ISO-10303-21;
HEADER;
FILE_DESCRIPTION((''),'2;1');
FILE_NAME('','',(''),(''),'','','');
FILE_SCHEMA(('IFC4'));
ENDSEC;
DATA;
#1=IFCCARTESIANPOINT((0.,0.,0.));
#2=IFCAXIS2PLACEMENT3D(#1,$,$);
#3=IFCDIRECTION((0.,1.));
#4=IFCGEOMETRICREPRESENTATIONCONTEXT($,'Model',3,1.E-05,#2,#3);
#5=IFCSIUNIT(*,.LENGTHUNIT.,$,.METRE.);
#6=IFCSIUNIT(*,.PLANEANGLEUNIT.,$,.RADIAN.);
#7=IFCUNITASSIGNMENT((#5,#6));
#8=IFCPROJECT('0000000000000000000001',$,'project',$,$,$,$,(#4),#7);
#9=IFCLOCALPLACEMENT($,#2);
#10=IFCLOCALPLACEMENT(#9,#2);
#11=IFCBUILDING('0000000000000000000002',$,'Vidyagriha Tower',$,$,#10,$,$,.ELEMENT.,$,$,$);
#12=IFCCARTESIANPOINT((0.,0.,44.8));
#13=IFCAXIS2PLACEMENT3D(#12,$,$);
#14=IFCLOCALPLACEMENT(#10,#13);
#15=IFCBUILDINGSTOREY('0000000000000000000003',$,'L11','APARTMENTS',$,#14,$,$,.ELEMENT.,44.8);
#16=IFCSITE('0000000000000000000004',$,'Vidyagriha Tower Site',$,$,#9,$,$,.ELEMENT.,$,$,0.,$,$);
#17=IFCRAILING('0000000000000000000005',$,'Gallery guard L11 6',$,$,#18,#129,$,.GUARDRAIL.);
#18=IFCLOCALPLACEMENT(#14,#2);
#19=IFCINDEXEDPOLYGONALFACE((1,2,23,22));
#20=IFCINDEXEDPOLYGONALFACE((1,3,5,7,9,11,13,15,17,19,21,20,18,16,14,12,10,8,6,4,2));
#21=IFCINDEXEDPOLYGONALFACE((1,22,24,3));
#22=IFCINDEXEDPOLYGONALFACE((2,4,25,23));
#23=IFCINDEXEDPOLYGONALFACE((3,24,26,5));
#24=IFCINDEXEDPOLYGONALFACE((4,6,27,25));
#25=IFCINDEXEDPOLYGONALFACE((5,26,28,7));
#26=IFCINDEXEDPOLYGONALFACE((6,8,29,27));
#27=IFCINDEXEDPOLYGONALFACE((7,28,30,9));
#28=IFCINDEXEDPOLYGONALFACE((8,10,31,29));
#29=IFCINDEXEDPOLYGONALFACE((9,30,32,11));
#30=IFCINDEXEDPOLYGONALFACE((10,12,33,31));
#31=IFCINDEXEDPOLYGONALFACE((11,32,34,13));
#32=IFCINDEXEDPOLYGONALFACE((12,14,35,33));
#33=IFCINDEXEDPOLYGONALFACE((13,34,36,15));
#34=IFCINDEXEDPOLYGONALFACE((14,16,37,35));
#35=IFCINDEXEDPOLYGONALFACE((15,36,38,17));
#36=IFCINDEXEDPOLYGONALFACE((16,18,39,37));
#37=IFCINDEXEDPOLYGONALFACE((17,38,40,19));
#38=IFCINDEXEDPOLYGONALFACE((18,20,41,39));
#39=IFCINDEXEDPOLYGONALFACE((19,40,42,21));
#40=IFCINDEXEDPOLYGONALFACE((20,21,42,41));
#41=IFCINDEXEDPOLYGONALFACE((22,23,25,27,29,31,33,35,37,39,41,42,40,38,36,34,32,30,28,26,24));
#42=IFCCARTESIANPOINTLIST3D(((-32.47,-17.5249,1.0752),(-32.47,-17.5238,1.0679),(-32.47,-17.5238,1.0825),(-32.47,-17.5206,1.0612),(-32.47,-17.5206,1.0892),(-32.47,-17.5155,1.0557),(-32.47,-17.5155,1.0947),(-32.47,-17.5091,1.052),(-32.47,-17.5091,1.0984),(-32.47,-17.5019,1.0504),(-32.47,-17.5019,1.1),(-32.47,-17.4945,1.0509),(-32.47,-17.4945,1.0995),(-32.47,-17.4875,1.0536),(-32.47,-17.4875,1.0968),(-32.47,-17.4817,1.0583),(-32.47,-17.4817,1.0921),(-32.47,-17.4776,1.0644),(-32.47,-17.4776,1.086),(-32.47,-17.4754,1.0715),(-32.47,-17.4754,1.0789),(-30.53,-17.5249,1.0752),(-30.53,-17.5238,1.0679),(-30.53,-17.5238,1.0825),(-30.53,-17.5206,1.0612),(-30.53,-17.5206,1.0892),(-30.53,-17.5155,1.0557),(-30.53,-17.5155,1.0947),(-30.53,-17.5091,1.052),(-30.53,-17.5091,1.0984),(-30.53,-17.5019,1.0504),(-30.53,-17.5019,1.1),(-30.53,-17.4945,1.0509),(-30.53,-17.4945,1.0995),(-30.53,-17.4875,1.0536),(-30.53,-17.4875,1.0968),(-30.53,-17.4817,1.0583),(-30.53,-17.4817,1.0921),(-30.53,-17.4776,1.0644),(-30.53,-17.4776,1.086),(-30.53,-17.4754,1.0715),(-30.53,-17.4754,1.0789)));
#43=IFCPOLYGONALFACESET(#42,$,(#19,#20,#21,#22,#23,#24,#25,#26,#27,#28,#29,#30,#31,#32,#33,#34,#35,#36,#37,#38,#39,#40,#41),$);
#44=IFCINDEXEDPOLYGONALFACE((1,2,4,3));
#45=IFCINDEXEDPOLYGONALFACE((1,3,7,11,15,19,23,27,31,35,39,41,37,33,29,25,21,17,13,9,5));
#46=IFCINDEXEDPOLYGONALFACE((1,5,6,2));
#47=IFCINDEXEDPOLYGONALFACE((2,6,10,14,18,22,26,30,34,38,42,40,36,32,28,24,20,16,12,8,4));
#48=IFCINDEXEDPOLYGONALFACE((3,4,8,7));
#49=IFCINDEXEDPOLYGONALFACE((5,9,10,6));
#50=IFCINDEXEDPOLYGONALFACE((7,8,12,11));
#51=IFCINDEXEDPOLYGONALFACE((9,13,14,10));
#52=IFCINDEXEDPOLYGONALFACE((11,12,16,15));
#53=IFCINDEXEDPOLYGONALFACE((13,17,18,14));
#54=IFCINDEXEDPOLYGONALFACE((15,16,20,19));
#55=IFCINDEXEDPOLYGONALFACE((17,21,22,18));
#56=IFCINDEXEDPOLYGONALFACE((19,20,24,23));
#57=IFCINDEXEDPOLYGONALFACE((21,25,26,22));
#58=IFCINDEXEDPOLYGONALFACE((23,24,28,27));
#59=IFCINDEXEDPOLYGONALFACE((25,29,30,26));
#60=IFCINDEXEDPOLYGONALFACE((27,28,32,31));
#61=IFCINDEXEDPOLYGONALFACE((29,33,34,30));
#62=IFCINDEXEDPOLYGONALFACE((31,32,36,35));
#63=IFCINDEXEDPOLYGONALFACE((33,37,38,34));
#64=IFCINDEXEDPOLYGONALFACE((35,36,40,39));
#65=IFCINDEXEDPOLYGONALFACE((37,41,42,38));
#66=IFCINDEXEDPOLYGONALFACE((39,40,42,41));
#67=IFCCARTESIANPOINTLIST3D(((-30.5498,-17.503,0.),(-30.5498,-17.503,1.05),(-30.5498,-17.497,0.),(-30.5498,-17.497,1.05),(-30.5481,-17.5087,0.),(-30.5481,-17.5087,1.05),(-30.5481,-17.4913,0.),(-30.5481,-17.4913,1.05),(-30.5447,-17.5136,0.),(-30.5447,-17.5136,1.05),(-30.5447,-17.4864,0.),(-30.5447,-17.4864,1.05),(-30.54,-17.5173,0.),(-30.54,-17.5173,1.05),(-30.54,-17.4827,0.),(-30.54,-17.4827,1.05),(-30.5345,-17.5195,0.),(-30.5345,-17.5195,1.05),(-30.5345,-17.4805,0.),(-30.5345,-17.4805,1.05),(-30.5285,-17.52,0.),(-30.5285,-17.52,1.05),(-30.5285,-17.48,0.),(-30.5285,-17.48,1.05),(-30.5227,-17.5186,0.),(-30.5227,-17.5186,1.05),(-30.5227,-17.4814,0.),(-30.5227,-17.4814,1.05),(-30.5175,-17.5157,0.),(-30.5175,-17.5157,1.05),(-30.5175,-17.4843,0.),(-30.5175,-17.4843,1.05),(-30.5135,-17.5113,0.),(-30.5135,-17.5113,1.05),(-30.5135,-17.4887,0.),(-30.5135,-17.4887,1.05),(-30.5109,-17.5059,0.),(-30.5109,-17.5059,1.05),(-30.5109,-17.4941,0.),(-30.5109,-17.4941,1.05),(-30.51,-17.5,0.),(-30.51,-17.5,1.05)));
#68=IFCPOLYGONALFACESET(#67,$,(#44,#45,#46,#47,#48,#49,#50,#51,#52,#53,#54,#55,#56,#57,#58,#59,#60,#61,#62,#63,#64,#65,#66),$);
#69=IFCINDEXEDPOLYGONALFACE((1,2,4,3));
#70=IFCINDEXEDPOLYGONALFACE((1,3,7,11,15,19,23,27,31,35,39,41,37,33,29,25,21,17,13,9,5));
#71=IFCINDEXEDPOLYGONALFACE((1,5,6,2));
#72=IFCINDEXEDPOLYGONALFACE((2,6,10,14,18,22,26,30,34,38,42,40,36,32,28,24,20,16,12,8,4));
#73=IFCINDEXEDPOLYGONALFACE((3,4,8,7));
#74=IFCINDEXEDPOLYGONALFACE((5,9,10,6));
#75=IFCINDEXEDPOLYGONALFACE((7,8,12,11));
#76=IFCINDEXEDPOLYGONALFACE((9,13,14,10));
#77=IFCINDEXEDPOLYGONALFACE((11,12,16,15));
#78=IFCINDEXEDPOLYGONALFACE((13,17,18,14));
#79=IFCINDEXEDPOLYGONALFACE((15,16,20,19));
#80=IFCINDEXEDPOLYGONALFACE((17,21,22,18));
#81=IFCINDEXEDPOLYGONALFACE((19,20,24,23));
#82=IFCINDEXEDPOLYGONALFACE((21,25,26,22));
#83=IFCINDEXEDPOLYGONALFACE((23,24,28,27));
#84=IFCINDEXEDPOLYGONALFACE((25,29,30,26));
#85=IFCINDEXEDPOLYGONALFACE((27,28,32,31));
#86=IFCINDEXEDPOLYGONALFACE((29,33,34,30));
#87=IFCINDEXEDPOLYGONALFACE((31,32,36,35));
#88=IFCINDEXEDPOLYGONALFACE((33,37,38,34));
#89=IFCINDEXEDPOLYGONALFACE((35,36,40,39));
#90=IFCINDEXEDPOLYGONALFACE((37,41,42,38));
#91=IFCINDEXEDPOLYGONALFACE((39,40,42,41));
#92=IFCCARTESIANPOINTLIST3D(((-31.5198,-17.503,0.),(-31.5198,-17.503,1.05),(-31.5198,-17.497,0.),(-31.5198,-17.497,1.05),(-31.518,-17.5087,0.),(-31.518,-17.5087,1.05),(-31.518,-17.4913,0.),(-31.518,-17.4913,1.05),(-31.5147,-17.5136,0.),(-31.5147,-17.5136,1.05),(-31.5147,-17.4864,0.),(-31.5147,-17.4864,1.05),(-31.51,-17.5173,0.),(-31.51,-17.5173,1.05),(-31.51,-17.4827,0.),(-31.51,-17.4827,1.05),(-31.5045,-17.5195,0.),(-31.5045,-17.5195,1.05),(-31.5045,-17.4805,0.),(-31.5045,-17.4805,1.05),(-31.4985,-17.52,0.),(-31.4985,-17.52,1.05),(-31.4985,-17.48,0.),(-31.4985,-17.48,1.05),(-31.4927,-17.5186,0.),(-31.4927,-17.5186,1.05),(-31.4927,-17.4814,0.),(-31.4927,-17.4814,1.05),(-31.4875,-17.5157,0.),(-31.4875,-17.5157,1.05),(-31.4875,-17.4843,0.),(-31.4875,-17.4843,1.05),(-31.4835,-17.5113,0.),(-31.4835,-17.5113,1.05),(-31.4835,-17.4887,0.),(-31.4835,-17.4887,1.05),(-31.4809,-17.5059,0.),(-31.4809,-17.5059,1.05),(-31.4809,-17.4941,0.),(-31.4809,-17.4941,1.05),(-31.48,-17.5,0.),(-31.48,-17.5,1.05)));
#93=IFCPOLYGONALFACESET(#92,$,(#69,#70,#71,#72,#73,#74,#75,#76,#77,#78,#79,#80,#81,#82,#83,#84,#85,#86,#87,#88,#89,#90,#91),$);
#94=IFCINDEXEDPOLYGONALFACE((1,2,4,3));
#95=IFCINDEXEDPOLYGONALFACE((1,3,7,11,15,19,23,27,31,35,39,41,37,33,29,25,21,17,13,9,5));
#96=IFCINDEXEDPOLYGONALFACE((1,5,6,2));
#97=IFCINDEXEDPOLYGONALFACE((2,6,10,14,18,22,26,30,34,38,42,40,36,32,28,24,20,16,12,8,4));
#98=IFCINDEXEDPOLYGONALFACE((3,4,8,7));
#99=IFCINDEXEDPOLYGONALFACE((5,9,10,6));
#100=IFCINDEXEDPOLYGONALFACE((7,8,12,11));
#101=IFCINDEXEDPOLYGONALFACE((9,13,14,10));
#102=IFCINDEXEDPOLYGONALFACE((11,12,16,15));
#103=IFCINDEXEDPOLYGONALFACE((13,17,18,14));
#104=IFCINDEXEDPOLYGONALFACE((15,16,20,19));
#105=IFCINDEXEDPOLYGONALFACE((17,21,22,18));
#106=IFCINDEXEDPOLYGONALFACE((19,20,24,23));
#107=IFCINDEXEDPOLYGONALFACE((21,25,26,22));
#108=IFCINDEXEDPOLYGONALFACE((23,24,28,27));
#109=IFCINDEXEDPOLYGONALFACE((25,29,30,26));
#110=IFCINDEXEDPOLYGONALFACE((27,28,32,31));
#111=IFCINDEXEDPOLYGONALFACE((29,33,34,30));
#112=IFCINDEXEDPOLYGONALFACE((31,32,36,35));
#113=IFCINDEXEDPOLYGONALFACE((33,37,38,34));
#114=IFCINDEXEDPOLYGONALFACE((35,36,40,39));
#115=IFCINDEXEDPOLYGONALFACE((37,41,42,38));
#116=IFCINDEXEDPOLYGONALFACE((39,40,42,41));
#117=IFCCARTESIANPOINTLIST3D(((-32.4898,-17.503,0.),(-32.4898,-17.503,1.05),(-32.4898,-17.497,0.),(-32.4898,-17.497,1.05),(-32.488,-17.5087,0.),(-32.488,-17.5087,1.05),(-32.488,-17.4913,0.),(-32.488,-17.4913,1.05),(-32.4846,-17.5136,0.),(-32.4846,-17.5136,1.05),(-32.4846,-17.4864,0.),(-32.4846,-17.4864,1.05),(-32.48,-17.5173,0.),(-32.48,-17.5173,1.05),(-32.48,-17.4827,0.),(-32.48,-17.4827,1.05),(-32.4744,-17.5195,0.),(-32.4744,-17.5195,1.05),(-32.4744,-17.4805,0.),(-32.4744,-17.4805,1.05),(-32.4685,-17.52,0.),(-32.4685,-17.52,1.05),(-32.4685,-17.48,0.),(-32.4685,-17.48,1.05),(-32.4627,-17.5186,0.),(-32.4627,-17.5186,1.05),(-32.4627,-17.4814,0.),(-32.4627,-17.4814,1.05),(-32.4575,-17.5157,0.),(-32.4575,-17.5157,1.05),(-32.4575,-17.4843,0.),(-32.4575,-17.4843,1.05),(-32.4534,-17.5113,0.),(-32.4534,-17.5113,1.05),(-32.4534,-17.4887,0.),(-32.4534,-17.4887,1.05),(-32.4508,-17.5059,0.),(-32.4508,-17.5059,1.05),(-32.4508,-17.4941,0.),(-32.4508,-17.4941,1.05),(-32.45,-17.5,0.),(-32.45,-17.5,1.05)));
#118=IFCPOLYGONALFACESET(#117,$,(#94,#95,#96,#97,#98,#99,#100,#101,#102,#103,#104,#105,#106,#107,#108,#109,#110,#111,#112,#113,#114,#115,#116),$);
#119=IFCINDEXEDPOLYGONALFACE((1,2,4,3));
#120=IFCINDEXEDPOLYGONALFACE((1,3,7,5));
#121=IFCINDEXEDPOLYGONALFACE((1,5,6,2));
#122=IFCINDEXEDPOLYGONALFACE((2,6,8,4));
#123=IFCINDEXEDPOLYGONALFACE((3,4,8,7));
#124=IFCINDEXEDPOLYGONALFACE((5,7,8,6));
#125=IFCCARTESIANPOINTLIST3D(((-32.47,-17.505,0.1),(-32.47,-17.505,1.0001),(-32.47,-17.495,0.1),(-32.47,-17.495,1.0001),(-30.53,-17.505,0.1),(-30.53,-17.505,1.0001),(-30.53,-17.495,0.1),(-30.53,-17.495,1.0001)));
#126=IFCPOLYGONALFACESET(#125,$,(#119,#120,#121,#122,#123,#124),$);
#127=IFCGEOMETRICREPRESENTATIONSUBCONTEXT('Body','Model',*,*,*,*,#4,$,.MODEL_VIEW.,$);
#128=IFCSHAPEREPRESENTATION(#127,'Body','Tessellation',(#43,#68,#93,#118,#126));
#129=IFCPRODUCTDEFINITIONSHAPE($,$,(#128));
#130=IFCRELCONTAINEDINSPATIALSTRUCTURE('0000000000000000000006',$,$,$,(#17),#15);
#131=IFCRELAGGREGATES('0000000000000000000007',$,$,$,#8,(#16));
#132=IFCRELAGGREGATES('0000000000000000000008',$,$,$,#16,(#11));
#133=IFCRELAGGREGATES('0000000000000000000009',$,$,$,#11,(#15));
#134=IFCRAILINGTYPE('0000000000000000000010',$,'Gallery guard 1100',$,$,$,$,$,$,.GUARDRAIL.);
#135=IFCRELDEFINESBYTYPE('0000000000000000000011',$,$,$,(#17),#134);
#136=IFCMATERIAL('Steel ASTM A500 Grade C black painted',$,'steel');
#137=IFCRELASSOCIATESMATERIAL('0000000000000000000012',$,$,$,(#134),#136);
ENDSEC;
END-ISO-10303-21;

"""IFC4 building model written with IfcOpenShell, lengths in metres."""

from ifc_helpers import new_model, si_unit, direction, frame, origin, origin_2d, place, context, subcontext, project, spatial, rectangle, circle, extrude, material, type_object, element, save


model = new_model("IFC4")

# Units and contexts
model_context = context("Model", 3, precision=1e-05, world=origin(), true_north=direction((0.0, 1.0)))
body_context = subcontext(model_context, "Body", "Model", "MODEL_VIEW")
ifc_project = project(units=[si_unit("LENGTHUNIT", "METRE"), si_unit("PLANEANGLEUNIT", "RADIAN")], contexts=[model_context])

# Site, building, storey
site_placement = place(None, origin())
site = spatial("IfcSite", under=ifc_project, at=site_placement, Name="Vidyagriha Tower Site", CompositionType="ELEMENT", RefElevation=0.0)
building_placement = place(site_placement, origin())
building = spatial("IfcBuilding", under=site, at=building_placement, Name="Vidyagriha Tower", CompositionType="ELEMENT")
storey_placement = place(building_placement, frame((0.0, 0.0, 44.8)))
storey = spatial("IfcBuildingStorey", under=building, at=storey_placement, Name="L11", Description="APARTMENTS", CompositionType="ELEMENT", Elevation=44.8)

# Railing
ifc_material_1 = material(Name="Steel ASTM A500 Grade C black painted", Category="steel")
railing_type_1 = type_object("IfcRailingType", Name="Gallery guard 1100", PredefinedType="GUARDRAIL", material=ifc_material_1)
railing_1_placement = place(storey_placement, frame((-30.53, -17.5, 0.0)))
element("IfcRailing", 1, at=railing_1_placement, inside=storey, type_object=railing_type_1, Name="Gallery guard L11 6", PredefinedType="GUARDRAIL", context=body_context, shape_type="SweptSolid", body=[
    extrude(circle(Radius=0.0249, at=origin_2d()), frame((0.0, 0.0, 1.0752), z_axis=(-1.0, 0.0, 0.0), x_axis=(0.0, -1.0, 0.0)), (0.0, 0.0, 1.0), 1.9399),
    extrude(circle(Radius=0.02, at=origin_2d()), origin(), (0.0, 0.0, 1.0), 1.05),
    extrude(circle(Radius=0.02, at=origin_2d()), frame((-0.97, 0.0, 0.0)), (0.0, 0.0, 1.0), 1.05),
    extrude(circle(Radius=0.02, at=origin_2d()), frame((-1.9399, 0.0, 0.0)), (0.0, 0.0, 1.0), 1.05),
    extrude(rectangle(XDim=0.01, YDim=0.9001, at=origin_2d()), frame((0.0, 0.0, 0.55), z_axis=(-1.0, 0.0, 0.0), x_axis=(0.0, -1.0, 0.0)), (0.0, 0.0, 1.0), 1.9399),
])

save(model, "model.ifc")
